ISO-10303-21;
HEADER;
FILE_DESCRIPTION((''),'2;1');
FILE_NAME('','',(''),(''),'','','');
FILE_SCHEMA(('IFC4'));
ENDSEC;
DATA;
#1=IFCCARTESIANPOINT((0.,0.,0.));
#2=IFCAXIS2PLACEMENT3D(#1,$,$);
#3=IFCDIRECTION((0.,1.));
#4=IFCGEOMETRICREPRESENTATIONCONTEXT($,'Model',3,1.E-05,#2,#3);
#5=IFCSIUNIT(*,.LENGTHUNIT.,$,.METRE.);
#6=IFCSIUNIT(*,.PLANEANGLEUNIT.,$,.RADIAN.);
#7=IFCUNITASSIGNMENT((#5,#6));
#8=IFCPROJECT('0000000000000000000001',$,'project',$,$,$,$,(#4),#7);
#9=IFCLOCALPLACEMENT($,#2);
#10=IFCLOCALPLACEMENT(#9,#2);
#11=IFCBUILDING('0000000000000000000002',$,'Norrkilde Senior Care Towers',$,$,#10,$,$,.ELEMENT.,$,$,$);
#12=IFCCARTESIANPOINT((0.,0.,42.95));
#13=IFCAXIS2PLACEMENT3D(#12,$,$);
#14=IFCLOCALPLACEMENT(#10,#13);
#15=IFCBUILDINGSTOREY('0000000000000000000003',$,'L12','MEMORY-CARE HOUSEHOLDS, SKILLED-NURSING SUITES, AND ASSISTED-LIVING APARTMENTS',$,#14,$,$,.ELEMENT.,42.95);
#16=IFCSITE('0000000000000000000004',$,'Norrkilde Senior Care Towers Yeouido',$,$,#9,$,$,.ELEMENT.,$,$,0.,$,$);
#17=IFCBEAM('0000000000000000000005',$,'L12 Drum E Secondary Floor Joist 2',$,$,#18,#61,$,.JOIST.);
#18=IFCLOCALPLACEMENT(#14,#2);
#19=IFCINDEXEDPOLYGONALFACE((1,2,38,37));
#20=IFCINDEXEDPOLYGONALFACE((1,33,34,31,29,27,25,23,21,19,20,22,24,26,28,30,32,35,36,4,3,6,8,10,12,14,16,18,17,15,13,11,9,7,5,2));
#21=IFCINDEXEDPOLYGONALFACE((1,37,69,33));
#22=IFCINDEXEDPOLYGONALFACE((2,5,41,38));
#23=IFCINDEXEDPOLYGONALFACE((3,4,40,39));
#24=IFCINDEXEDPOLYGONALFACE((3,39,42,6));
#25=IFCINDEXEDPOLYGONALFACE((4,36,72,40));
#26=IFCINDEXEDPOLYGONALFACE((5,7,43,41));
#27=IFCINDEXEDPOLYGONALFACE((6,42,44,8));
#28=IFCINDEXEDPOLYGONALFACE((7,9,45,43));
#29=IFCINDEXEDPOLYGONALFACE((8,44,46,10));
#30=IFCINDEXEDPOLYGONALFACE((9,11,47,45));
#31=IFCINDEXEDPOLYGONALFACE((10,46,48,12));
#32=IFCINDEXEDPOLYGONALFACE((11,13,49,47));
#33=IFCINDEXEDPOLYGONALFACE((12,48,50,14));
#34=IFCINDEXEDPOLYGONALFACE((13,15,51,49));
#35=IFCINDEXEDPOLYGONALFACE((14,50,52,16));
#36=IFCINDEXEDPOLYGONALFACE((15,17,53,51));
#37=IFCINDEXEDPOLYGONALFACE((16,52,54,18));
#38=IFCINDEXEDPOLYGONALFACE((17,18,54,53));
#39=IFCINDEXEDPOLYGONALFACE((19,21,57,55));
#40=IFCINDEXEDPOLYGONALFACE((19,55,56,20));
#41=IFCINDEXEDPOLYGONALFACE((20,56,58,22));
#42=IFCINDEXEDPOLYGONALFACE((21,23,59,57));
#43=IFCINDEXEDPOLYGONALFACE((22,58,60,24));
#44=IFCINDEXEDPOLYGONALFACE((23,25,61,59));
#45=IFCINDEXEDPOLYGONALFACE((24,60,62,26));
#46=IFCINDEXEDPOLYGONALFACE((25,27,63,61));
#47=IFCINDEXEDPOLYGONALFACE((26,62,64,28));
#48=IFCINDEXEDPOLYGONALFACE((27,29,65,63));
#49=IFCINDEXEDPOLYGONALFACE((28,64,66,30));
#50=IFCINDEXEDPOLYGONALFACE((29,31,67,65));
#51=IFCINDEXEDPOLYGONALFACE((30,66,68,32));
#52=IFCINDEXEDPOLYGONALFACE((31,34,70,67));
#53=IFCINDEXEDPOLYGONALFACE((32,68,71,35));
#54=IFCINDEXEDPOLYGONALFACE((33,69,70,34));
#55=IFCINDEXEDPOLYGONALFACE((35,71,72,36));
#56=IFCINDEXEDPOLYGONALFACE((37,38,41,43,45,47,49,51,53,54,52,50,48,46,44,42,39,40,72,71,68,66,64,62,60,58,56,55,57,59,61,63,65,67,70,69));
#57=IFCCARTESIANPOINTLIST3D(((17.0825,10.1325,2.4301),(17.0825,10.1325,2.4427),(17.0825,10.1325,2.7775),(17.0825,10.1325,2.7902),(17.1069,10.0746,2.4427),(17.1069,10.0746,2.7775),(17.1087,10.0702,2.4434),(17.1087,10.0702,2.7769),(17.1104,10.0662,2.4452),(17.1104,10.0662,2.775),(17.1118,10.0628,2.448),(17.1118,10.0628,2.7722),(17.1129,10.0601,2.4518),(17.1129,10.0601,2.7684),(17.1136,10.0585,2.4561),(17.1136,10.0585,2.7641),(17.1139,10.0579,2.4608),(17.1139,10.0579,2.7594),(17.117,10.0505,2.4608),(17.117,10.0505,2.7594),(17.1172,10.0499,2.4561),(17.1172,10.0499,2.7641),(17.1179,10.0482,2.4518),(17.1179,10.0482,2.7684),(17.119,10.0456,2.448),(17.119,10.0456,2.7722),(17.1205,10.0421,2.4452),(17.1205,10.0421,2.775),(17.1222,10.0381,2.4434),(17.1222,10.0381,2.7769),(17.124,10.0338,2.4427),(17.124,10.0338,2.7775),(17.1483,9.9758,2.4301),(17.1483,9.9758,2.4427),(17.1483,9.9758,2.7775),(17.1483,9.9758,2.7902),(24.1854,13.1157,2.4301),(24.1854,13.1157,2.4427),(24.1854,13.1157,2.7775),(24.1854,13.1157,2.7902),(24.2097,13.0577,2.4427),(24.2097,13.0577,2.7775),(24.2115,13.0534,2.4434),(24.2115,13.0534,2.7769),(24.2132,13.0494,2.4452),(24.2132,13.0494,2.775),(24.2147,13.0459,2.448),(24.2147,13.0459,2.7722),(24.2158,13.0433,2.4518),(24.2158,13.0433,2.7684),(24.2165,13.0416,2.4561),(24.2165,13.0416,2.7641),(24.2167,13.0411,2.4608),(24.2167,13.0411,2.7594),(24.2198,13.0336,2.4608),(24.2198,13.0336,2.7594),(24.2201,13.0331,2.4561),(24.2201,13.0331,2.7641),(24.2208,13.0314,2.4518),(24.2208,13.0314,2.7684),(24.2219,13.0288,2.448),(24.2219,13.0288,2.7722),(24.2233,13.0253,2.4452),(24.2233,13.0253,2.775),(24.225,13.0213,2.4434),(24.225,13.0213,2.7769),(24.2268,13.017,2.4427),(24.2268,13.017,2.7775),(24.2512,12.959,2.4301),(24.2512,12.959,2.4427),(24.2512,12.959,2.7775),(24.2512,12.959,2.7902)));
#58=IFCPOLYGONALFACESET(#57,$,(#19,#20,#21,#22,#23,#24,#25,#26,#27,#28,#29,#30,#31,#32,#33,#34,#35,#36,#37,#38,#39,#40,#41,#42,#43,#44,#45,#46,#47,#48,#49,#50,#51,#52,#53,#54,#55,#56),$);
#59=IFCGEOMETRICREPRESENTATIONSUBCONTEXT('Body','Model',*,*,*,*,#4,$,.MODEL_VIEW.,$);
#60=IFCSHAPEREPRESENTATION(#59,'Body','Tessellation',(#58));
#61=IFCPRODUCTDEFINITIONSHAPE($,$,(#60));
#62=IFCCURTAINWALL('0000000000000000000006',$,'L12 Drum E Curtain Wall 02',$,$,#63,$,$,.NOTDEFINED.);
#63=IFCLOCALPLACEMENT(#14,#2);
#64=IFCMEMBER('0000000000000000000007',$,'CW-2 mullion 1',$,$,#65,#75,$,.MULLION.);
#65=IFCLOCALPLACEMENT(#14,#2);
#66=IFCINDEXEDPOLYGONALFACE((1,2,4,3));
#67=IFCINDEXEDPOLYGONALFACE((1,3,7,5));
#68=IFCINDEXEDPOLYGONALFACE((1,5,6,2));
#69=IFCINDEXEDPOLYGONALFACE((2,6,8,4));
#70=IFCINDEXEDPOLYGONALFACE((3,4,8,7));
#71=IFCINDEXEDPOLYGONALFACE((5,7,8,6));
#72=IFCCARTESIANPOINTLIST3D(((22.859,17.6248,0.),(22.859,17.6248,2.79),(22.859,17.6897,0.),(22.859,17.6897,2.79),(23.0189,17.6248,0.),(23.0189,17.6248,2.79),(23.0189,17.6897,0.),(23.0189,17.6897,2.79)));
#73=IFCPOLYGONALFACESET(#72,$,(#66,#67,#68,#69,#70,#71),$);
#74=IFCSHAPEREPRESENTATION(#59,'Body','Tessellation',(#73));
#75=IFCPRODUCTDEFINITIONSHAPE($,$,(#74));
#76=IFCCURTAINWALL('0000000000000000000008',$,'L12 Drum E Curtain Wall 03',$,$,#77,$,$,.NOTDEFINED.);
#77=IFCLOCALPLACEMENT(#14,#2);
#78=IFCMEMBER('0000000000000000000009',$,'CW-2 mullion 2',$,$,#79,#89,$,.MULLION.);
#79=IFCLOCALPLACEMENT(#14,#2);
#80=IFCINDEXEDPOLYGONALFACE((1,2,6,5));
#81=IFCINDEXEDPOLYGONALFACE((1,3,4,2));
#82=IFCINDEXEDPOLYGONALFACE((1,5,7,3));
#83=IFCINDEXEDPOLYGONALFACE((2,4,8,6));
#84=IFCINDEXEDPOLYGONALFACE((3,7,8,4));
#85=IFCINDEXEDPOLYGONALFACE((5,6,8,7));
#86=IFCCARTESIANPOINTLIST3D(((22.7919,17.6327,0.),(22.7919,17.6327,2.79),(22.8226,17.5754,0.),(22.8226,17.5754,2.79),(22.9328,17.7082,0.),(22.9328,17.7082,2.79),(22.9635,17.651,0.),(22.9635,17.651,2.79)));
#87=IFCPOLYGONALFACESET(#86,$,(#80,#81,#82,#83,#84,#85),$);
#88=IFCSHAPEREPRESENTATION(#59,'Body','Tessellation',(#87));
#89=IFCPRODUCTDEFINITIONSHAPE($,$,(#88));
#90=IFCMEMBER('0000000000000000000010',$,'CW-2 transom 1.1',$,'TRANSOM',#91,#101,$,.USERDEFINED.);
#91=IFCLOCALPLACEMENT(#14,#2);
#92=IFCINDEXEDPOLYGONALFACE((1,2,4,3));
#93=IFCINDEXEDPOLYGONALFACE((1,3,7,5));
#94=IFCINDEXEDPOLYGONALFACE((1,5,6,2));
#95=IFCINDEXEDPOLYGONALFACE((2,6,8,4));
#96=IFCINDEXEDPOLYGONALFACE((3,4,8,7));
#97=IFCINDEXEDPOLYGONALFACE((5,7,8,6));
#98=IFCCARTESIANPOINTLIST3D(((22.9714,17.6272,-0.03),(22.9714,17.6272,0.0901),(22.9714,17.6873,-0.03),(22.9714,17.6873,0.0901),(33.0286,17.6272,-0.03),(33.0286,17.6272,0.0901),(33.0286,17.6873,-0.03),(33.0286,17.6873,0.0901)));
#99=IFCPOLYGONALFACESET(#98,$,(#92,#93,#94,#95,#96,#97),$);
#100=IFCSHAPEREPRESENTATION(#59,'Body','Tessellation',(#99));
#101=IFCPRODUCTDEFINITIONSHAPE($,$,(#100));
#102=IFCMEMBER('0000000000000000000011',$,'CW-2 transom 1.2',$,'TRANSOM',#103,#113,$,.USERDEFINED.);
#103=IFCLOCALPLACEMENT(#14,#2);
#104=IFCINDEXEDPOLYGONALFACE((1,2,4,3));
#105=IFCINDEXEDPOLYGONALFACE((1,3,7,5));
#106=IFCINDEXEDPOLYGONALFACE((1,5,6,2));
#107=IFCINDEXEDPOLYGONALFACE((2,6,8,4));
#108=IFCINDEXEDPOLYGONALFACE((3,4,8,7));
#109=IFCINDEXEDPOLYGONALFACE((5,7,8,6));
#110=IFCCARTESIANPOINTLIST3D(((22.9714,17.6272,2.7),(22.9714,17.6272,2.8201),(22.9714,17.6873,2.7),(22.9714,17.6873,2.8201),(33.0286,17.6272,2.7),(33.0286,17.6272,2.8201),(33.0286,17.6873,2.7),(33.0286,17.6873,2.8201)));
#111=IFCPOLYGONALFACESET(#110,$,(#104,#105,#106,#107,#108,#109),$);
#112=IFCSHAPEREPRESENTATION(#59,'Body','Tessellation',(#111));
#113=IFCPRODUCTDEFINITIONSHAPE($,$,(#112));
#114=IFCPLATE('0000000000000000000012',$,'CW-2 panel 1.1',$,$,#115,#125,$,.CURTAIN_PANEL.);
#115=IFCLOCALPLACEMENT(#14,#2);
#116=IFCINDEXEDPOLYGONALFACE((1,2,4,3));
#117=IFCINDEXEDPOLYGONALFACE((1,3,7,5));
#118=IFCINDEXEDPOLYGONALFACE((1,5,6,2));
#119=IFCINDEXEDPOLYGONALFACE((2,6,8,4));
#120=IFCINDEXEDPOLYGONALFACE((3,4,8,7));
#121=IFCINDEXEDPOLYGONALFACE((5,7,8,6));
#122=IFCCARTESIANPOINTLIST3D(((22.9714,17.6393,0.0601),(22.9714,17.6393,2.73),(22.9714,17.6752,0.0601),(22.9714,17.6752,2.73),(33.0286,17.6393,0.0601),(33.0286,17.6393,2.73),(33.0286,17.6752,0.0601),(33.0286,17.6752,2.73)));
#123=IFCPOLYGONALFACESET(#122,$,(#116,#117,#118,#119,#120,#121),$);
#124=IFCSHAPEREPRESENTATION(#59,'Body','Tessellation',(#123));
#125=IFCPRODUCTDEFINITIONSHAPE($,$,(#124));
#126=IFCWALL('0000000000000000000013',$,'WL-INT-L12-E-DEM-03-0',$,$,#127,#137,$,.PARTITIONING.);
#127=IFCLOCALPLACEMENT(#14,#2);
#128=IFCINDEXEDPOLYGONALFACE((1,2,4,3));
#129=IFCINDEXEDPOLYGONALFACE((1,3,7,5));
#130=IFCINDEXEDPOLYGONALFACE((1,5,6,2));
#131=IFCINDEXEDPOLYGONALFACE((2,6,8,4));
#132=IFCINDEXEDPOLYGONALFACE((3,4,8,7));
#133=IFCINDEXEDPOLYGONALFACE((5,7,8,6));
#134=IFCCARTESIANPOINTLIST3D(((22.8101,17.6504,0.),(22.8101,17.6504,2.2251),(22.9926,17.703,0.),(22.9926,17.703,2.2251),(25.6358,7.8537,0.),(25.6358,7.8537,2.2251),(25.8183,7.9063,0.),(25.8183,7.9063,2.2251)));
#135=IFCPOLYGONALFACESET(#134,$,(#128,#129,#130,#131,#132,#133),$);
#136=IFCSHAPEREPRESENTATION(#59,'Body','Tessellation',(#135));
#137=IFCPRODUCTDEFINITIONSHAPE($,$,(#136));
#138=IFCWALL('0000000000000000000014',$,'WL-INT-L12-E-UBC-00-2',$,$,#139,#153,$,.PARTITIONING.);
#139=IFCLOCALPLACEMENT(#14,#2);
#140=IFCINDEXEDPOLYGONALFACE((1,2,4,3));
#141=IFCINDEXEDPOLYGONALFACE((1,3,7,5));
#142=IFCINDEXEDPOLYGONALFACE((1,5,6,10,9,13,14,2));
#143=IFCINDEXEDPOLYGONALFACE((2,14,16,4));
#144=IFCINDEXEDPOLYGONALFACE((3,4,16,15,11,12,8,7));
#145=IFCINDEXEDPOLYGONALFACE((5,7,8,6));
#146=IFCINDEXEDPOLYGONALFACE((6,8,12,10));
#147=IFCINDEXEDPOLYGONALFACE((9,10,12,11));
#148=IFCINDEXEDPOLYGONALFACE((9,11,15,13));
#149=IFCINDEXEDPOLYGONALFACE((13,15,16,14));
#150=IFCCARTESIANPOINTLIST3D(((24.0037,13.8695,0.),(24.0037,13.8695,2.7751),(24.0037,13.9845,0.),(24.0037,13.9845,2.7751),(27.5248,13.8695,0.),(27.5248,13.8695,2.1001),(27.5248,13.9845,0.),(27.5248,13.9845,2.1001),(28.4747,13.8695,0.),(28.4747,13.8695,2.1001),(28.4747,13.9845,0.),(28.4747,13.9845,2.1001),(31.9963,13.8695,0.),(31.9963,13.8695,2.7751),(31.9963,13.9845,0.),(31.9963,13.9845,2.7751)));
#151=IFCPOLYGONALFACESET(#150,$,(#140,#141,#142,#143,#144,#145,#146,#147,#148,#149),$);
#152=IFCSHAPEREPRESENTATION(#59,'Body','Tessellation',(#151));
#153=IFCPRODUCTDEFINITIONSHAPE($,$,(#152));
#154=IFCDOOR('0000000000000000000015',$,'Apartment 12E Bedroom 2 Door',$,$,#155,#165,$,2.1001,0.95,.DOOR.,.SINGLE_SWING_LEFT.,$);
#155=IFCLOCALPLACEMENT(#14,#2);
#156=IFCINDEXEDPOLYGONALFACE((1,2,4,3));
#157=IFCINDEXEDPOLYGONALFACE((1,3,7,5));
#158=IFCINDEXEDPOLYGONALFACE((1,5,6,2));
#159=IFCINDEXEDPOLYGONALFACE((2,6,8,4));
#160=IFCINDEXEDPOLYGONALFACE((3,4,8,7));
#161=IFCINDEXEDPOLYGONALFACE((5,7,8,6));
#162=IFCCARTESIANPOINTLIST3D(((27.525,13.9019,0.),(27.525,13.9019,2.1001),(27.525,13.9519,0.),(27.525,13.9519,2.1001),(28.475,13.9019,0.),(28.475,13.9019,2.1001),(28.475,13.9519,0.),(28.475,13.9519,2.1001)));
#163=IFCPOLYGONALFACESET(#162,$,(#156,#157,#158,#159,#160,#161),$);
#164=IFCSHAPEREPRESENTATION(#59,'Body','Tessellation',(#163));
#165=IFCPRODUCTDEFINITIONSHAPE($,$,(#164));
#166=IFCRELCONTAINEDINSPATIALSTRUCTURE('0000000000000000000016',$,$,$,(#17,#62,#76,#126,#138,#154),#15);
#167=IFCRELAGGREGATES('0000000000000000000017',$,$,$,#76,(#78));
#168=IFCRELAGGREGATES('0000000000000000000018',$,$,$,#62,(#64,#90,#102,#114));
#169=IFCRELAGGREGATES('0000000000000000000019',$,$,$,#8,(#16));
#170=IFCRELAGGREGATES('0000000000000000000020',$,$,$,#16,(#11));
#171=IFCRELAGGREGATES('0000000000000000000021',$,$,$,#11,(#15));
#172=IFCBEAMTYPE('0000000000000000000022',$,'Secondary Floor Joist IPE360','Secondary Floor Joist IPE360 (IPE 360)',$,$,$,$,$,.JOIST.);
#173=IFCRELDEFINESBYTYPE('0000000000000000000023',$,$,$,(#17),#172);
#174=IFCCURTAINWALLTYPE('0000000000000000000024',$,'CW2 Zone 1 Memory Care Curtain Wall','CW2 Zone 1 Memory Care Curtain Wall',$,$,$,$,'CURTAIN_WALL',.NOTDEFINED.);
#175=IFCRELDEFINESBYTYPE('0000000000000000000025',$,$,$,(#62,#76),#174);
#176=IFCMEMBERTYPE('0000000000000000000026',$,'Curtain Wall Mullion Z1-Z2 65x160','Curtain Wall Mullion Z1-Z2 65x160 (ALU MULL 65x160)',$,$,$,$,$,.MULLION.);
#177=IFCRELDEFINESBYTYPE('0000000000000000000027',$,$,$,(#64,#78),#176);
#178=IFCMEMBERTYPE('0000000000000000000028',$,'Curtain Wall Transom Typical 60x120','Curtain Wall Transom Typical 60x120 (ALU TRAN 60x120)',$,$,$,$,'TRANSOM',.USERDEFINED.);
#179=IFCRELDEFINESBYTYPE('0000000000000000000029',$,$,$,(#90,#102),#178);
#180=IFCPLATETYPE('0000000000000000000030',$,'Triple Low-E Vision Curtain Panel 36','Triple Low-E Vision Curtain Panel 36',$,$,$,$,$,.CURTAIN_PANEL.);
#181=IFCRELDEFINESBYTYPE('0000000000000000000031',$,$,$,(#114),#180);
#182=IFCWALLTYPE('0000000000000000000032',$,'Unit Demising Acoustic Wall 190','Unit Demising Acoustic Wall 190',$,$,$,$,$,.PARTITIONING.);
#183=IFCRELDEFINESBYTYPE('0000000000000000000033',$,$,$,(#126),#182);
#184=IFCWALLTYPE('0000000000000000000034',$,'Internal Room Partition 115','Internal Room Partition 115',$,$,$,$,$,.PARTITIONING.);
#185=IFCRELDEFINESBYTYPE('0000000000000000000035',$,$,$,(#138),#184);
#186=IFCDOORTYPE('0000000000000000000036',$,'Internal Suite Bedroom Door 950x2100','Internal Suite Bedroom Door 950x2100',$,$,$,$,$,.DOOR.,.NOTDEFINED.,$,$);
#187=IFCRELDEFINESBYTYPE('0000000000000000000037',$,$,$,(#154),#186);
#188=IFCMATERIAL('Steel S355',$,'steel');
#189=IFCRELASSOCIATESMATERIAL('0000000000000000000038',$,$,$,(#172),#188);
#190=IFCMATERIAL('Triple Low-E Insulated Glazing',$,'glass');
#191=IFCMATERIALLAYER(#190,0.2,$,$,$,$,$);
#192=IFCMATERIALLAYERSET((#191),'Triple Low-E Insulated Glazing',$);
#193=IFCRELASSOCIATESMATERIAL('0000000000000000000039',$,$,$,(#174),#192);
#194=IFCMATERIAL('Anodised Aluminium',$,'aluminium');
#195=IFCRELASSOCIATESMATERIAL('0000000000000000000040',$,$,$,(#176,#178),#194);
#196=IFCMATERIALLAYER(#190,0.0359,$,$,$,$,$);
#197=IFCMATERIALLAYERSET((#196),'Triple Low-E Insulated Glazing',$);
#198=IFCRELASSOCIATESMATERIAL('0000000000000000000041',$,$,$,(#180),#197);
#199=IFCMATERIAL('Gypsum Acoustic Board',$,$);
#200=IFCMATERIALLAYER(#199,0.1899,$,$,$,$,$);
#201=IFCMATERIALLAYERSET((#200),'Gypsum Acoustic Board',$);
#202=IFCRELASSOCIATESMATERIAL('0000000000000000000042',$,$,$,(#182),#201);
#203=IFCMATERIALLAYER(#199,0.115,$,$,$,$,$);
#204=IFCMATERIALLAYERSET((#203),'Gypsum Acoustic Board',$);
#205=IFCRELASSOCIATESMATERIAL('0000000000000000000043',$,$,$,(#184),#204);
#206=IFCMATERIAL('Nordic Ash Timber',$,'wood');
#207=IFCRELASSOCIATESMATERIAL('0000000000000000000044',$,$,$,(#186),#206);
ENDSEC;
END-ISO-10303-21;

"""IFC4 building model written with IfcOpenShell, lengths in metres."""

from ifc_helpers import new_model, si_unit, direction, frame, frame_2d, origin, origin_2d, place, context, subcontext, project, spatial, rectangle, i_section, extrude, source, transform, mapped, material, layer, layer_set, material_profile, profile_set, type_object, type_shapes, element, fill, aggregate, save


model = new_model("IFC4")

# Units and contexts
model_context = context("Model", 3, precision=1e-05, world=origin(), true_north=direction((0.0, 1.0)))
body_context = subcontext(model_context, "Body", "Model", "MODEL_VIEW")
ifc_project = project(units=[si_unit("LENGTHUNIT", "METRE"), si_unit("PLANEANGLEUNIT", "RADIAN")], contexts=[model_context])

# Site, building, storey
site_placement = place(None, origin())
site = spatial("IfcSite", under=ifc_project, at=site_placement, Name="Norrkilde Senior Care Towers Yeouido", CompositionType="ELEMENT", RefElevation=0.0)
building_placement = place(site_placement, origin())
building = spatial("IfcBuilding", under=site, at=building_placement, Name="Norrkilde Senior Care Towers", CompositionType="ELEMENT")
storey_placement = place(building_placement, frame((0.0, 0.0, 42.95)))
storey = spatial("IfcBuildingStorey", under=building, at=storey_placement, Name="L12", Description="MEMORY-CARE HOUSEHOLDS, SKILLED-NURSING SUITES, AND ASSISTED-LIVING APARTMENTS", CompositionType="ELEMENT", Elevation=42.95)

# Beam
ifc_material_1 = material(Name="Steel S355", Category="steel")
ifc_material_profile_1 = material_profile(ifc_material_1, i_section(OverallWidth=0.1699, OverallDepth=0.3601, WebThickness=0.0081, FlangeThickness=0.0127, FilletRadius=0.0181, at=origin_2d()), Name="IPE 360")
ifc_profile_set_1 = profile_set([ifc_material_profile_1], Name="Steel S355")
beam_type_1 = type_object("IfcBeamType", Name="Secondary Floor Joist IPE360", Description="Secondary Floor Joist IPE360 (IPE 360)", PredefinedType="JOIST", material=ifc_profile_set_1)
shared_shape_1 = source(origin(), body_context, "Body", "SweptSolid", [
    extrude(i_section(OverallWidth=0.1699, OverallDepth=0.3601, WebThickness=0.0081, FlangeThickness=0.0127, FilletRadius=0.0181, at=origin_2d()), origin(), (0.0, 0.0, 1.0), 7.7039),
])
type_shapes(beam_type_1, [shared_shape_1])
beam_1_placement = place(storey_placement, frame((24.2183, 13.0374, 2.6101), z_axis=(-0.921983, -0.387231, 0.0), x_axis=(0.387231, -0.921983, 0.0)))
element("IfcBeam", 1, at=beam_1_placement, inside=storey, type_object=beam_type_1, Name="L12 Drum E Secondary Floor Joist 2", PredefinedType="JOIST", context=body_context, shape_type="MappedRepresentation", body=[
    mapped(shared_shape_1, transform((0.0, 0.0, 0.0), x_axis=(1.0, 0.0, 0.0), y_axis=(0.0, 1.0, 0.0), z_axis=(0.0, 0.0, 1.0), scale=1.0)),
])

# Curtain walls, members
ifc_material_2 = material(Name="Triple Low-E Insulated Glazing", Category="glass")
ifc_layer_1 = layer(ifc_material_2, 0.2)
ifc_layer_set_1 = layer_set([ifc_layer_1], Name="Triple Low-E Insulated Glazing")
curtain_wall_type = type_object("IfcCurtainWallType", Name="CW2 Zone 1 Memory Care Curtain Wall", Description="CW2 Zone 1 Memory Care Curtain Wall", ElementType="CURTAIN_WALL", PredefinedType="NOTDEFINED", material=ifc_layer_set_1)
curtain_wall_1_placement = place(storey_placement, origin())
curtain_wall_1 = element("IfcCurtainWall", 2, at=curtain_wall_1_placement, inside=storey, type_object=curtain_wall_type, Name="L12 Drum E Curtain Wall 02", PredefinedType="NOTDEFINED")
ifc_material_3 = material(Name="Anodised Aluminium", Category="aluminium")
ifc_material_profile_2 = material_profile(ifc_material_3, rectangle(XDim=0.0649, YDim=0.1599, at=origin_2d()), Name="ALU MULL 65x160")
ifc_profile_set_2 = profile_set([ifc_material_profile_2], Name="Anodised Aluminium")
member_type_1 = type_object("IfcMemberType", Name="Curtain Wall Mullion Z1-Z2 65x160", Description="Curtain Wall Mullion Z1-Z2 65x160 (ALU MULL 65x160)", PredefinedType="MULLION", material=ifc_profile_set_2)
shared_shape_2 = source(origin(), body_context, "Body", "SweptSolid", [
    extrude(rectangle(XDim=0.0649, YDim=0.1599, at=origin_2d()), origin(), (0.0, 0.0, 1.0), 2.79),
])
type_shapes(member_type_1, [shared_shape_2])
member_1_placement = place(storey_placement, frame((22.939, 17.6572, 0.0), z_axis=(0.0, 0.0, 1.0), x_axis=(0.0, 1.0, 0.0)))
member_1 = element("IfcMember", 3, at=member_1_placement, type_object=member_type_1, Name="CW-2 mullion 1", PredefinedType="MULLION", context=body_context, shape_type="MappedRepresentation", body=[
    mapped(shared_shape_2, transform((0.0, 0.0, 0.0), x_axis=(1.0, 0.0, 0.0), y_axis=(0.0, 1.0, 0.0), z_axis=(0.0, 0.0, 1.0), scale=1.0)),
])
curtain_wall_2_placement = place(storey_placement, origin())
curtain_wall_2 = element("IfcCurtainWall", 4, at=curtain_wall_2_placement, inside=storey, type_object=curtain_wall_type, Name="L12 Drum E Curtain Wall 03", PredefinedType="NOTDEFINED")
member_2_placement = place(storey_placement, frame((22.8777, 17.6418, 0.0), z_axis=(0.0, 0.0, 1.0), x_axis=(-0.472608, 0.881273, 0.0)))
member_2 = element("IfcMember", 5, at=member_2_placement, type_object=member_type_1, Name="CW-2 mullion 2", PredefinedType="MULLION", context=body_context, shape_type="MappedRepresentation", body=[
    mapped(shared_shape_2, transform((0.0, 0.0, 0.0), x_axis=(1.0, 0.0, 0.0), y_axis=(0.0, 1.0, 0.0), z_axis=(0.0, 0.0, 1.0), scale=1.0)),
])
aggregate(curtain_wall_2, [member_2])

# Members
ifc_material_profile_3 = material_profile(ifc_material_3, rectangle(XDim=0.0601, YDim=0.1201, at=origin_2d()), Name="ALU TRAN 60x120")
ifc_profile_set_3 = profile_set([ifc_material_profile_3], Name="Anodised Aluminium")
member_type_2 = type_object("IfcMemberType", Name="Curtain Wall Transom Typical 60x120", Description="Curtain Wall Transom Typical 60x120 (ALU TRAN 60x120)", ElementType="TRANSOM", PredefinedType="USERDEFINED", material=ifc_profile_set_3)
shared_shape_3 = source(origin(), body_context, "Body", "SweptSolid", [
    extrude(rectangle(XDim=0.0601, YDim=0.1201, at=origin_2d()), origin(), (0.0, 0.0, 1.0), 10.0571),
])
type_shapes(member_type_2, [shared_shape_3])
member_3_placement = place(storey_placement, frame((22.9714, 17.6572, 0.03), z_axis=(1.0, 0.0, 0.0), x_axis=(0.0, 1.0, 0.0)))
member_3 = element("IfcMember", 6, at=member_3_placement, type_object=member_type_2, Name="CW-2 transom 1.1", ObjectType="TRANSOM", PredefinedType="USERDEFINED", context=body_context, shape_type="MappedRepresentation", body=[
    mapped(shared_shape_3, transform((0.0, 0.0, 0.0), x_axis=(1.0, 0.0, 0.0), y_axis=(0.0, 1.0, 0.0), z_axis=(0.0, 0.0, 1.0), scale=1.0)),
])
member_4_placement = place(storey_placement, frame((22.9714, 17.6572, 2.76), z_axis=(1.0, 0.0, 0.0), x_axis=(0.0, 1.0, 0.0)))
member_4 = element("IfcMember", 7, at=member_4_placement, type_object=member_type_2, Name="CW-2 transom 1.2", ObjectType="TRANSOM", PredefinedType="USERDEFINED", context=body_context, shape_type="MappedRepresentation", body=[
    mapped(shared_shape_3, transform((0.0, 0.0, 0.0), x_axis=(1.0, 0.0, 0.0), y_axis=(0.0, 1.0, 0.0), z_axis=(0.0, 0.0, 1.0), scale=1.0)),
])

# Plate
ifc_layer_2 = layer(ifc_material_2, 0.0359)
ifc_layer_set_2 = layer_set([ifc_layer_2], Name="Triple Low-E Insulated Glazing")
plate_type = type_object("IfcPlateType", Name="Triple Low-E Vision Curtain Panel 36", Description="Triple Low-E Vision Curtain Panel 36", PredefinedType="CURTAIN_PANEL", material=ifc_layer_set_2)
shared_shape_4 = source(origin(), body_context, "Body", "SweptSolid", [
    extrude(rectangle(XDim=10.0571, YDim=0.0359, at=origin_2d()), origin(), (0.0, 0.0, 1.0), 2.6699),
])
type_shapes(plate_type, [shared_shape_4])
plate_placement = place(storey_placement, frame((28.0, 17.6572, 0.0601), z_axis=(0.0, 0.0, 1.0), x_axis=(1.0, 0.0, 0.0)))
plate = element("IfcPlate", 8, at=plate_placement, type_object=plate_type, Name="CW-2 panel 1.1", PredefinedType="CURTAIN_PANEL", context=body_context, shape_type="MappedRepresentation", body=[
    mapped(shared_shape_4, transform((0.0, 0.0, 0.0), x_axis=(1.0, 0.0, 0.0), y_axis=(0.0, 1.0, 0.0), z_axis=(0.0, 0.0, 1.0), scale=1.0)),
])
aggregate(curtain_wall_1, [member_1, member_3, member_4, plate])

# Wall
ifc_material_4 = material(Name="Gypsum Acoustic Board")
ifc_layer_3 = layer(ifc_material_4, 0.1899)
ifc_layer_set_3 = layer_set([ifc_layer_3], Name="Gypsum Acoustic Board")
wall_type_1 = type_object("IfcWallType", Name="Unit Demising Acoustic Wall 190", Description="Unit Demising Acoustic Wall 190", PredefinedType="PARTITIONING", material=ifc_layer_set_3)
shared_shape_5 = source(origin(), body_context, "Body", "SweptSolid", [
    extrude(rectangle(XDim=10.196, YDim=0.1899, at=frame_2d((5.0981, 0.0))), origin(), (0.0, 0.0, 1.0), 2.2251),
])
type_shapes(wall_type_1, [shared_shape_5])
wall_1_placement = place(storey_placement, frame((25.7271, 7.8799, 0.0), z_axis=(0.0, 0.0, 1.0), x_axis=(-0.277136, 0.960831, 0.0)))
element("IfcWall", 9, at=wall_1_placement, inside=storey, type_object=wall_type_1, Name="WL-INT-L12-E-DEM-03-0", PredefinedType="PARTITIONING", context=body_context, shape_type="MappedRepresentation", body=[
    mapped(shared_shape_5, transform((0.0, 0.0, 0.0), x_axis=(1.0, 0.0, 0.0), y_axis=(0.0, 1.0, 0.0), z_axis=(0.0, 0.0, 1.0), scale=1.0)),
])

# Wall, opening, door
ifc_layer_4 = layer(ifc_material_4, 0.115)
ifc_layer_set_4 = layer_set([ifc_layer_4], Name="Gypsum Acoustic Board")
wall_type_2 = type_object("IfcWallType", Name="Internal Room Partition 115", Description="Internal Room Partition 115", PredefinedType="PARTITIONING", material=ifc_layer_set_4)
shared_shape_6 = source(origin(), body_context, "Body", "SweptSolid", [
    extrude(rectangle(XDim=7.9927, YDim=0.115, at=frame_2d((3.9963, 0.0))), origin(), (0.0, 0.0, 1.0), 2.7751),
])
wall_2_placement = place(storey_placement, frame((31.9963, 13.927, 0.0), z_axis=(0.0, 0.0, 1.0), x_axis=(-1.0, 0.0, 0.0)))
wall_2 = element("IfcWall", 10, at=wall_2_placement, inside=storey, type_object=wall_type_2, Name="WL-INT-L12-E-UBC-00-2", PredefinedType="PARTITIONING", context=body_context, shape_type="MappedRepresentation", body=[
    mapped(shared_shape_6, transform((0.0, 0.0, 0.0), x_axis=(1.0, 0.0, 0.0), y_axis=(0.0, 1.0, 0.0), z_axis=(0.0, 0.0, 1.0), scale=1.0)),
])
opening_placement = place(wall_2_placement, frame((3.5215, 0.0, 0.0)))
opening = element("IfcOpeningElement", 11, at=opening_placement, cuts=wall_2, PredefinedType="OPENING", context=body_context, shape_type="SweptSolid", body=[
    extrude(rectangle(XDim=0.95, YDim=2.1001, at=frame_2d((0.4751, 1.05))), frame((0.0, 0.0674, 0.0), z_axis=(0.0, -1.0, 0.0), x_axis=(1.0, 0.0, 0.0)), (0.0, 0.0, 1.0), 0.135),
])
ifc_material_5 = material(Name="Nordic Ash Timber", Category="wood")
door_type = type_object("IfcDoorType", Name="Internal Suite Bedroom Door 950x2100", Description="Internal Suite Bedroom Door 950x2100", OperationType="NOTDEFINED", PredefinedType="DOOR", material=ifc_material_5)
shared_shape_7 = source(origin(), body_context, "Body", "SweptSolid", [
    extrude(rectangle(XDim=0.95, YDim=2.1001, at=frame_2d((0.4751, 1.05))), frame((0.0, 0.0249, 0.0), z_axis=(0.0, -1.0, 0.0), x_axis=(1.0, 0.0, 0.0)), (0.0, 0.0, 1.0), 0.05),
])
type_shapes(door_type, [shared_shape_7])
door_placement = place(opening_placement, frame((0.95, 0.0, 0.0), z_axis=(0.0, 0.0, 1.0), x_axis=(-1.0, 0.0, 0.0)))
door = element("IfcDoor", 12, at=door_placement, inside=storey, type_object=door_type, Name="Apartment 12E Bedroom 2 Door", OperationType="SINGLE_SWING_LEFT", OverallHeight=2.1001, OverallWidth=0.95, PredefinedType="DOOR", context=body_context, shape_type="MappedRepresentation", body=[
    mapped(shared_shape_7, transform((0.0, 0.0, 0.0), x_axis=(1.0, 0.0, 0.0), y_axis=(0.0, 1.0, 0.0), z_axis=(0.0, 0.0, 1.0), scale=1.0)),
])
fill(opening, door)

save(model, "model.ifc")
